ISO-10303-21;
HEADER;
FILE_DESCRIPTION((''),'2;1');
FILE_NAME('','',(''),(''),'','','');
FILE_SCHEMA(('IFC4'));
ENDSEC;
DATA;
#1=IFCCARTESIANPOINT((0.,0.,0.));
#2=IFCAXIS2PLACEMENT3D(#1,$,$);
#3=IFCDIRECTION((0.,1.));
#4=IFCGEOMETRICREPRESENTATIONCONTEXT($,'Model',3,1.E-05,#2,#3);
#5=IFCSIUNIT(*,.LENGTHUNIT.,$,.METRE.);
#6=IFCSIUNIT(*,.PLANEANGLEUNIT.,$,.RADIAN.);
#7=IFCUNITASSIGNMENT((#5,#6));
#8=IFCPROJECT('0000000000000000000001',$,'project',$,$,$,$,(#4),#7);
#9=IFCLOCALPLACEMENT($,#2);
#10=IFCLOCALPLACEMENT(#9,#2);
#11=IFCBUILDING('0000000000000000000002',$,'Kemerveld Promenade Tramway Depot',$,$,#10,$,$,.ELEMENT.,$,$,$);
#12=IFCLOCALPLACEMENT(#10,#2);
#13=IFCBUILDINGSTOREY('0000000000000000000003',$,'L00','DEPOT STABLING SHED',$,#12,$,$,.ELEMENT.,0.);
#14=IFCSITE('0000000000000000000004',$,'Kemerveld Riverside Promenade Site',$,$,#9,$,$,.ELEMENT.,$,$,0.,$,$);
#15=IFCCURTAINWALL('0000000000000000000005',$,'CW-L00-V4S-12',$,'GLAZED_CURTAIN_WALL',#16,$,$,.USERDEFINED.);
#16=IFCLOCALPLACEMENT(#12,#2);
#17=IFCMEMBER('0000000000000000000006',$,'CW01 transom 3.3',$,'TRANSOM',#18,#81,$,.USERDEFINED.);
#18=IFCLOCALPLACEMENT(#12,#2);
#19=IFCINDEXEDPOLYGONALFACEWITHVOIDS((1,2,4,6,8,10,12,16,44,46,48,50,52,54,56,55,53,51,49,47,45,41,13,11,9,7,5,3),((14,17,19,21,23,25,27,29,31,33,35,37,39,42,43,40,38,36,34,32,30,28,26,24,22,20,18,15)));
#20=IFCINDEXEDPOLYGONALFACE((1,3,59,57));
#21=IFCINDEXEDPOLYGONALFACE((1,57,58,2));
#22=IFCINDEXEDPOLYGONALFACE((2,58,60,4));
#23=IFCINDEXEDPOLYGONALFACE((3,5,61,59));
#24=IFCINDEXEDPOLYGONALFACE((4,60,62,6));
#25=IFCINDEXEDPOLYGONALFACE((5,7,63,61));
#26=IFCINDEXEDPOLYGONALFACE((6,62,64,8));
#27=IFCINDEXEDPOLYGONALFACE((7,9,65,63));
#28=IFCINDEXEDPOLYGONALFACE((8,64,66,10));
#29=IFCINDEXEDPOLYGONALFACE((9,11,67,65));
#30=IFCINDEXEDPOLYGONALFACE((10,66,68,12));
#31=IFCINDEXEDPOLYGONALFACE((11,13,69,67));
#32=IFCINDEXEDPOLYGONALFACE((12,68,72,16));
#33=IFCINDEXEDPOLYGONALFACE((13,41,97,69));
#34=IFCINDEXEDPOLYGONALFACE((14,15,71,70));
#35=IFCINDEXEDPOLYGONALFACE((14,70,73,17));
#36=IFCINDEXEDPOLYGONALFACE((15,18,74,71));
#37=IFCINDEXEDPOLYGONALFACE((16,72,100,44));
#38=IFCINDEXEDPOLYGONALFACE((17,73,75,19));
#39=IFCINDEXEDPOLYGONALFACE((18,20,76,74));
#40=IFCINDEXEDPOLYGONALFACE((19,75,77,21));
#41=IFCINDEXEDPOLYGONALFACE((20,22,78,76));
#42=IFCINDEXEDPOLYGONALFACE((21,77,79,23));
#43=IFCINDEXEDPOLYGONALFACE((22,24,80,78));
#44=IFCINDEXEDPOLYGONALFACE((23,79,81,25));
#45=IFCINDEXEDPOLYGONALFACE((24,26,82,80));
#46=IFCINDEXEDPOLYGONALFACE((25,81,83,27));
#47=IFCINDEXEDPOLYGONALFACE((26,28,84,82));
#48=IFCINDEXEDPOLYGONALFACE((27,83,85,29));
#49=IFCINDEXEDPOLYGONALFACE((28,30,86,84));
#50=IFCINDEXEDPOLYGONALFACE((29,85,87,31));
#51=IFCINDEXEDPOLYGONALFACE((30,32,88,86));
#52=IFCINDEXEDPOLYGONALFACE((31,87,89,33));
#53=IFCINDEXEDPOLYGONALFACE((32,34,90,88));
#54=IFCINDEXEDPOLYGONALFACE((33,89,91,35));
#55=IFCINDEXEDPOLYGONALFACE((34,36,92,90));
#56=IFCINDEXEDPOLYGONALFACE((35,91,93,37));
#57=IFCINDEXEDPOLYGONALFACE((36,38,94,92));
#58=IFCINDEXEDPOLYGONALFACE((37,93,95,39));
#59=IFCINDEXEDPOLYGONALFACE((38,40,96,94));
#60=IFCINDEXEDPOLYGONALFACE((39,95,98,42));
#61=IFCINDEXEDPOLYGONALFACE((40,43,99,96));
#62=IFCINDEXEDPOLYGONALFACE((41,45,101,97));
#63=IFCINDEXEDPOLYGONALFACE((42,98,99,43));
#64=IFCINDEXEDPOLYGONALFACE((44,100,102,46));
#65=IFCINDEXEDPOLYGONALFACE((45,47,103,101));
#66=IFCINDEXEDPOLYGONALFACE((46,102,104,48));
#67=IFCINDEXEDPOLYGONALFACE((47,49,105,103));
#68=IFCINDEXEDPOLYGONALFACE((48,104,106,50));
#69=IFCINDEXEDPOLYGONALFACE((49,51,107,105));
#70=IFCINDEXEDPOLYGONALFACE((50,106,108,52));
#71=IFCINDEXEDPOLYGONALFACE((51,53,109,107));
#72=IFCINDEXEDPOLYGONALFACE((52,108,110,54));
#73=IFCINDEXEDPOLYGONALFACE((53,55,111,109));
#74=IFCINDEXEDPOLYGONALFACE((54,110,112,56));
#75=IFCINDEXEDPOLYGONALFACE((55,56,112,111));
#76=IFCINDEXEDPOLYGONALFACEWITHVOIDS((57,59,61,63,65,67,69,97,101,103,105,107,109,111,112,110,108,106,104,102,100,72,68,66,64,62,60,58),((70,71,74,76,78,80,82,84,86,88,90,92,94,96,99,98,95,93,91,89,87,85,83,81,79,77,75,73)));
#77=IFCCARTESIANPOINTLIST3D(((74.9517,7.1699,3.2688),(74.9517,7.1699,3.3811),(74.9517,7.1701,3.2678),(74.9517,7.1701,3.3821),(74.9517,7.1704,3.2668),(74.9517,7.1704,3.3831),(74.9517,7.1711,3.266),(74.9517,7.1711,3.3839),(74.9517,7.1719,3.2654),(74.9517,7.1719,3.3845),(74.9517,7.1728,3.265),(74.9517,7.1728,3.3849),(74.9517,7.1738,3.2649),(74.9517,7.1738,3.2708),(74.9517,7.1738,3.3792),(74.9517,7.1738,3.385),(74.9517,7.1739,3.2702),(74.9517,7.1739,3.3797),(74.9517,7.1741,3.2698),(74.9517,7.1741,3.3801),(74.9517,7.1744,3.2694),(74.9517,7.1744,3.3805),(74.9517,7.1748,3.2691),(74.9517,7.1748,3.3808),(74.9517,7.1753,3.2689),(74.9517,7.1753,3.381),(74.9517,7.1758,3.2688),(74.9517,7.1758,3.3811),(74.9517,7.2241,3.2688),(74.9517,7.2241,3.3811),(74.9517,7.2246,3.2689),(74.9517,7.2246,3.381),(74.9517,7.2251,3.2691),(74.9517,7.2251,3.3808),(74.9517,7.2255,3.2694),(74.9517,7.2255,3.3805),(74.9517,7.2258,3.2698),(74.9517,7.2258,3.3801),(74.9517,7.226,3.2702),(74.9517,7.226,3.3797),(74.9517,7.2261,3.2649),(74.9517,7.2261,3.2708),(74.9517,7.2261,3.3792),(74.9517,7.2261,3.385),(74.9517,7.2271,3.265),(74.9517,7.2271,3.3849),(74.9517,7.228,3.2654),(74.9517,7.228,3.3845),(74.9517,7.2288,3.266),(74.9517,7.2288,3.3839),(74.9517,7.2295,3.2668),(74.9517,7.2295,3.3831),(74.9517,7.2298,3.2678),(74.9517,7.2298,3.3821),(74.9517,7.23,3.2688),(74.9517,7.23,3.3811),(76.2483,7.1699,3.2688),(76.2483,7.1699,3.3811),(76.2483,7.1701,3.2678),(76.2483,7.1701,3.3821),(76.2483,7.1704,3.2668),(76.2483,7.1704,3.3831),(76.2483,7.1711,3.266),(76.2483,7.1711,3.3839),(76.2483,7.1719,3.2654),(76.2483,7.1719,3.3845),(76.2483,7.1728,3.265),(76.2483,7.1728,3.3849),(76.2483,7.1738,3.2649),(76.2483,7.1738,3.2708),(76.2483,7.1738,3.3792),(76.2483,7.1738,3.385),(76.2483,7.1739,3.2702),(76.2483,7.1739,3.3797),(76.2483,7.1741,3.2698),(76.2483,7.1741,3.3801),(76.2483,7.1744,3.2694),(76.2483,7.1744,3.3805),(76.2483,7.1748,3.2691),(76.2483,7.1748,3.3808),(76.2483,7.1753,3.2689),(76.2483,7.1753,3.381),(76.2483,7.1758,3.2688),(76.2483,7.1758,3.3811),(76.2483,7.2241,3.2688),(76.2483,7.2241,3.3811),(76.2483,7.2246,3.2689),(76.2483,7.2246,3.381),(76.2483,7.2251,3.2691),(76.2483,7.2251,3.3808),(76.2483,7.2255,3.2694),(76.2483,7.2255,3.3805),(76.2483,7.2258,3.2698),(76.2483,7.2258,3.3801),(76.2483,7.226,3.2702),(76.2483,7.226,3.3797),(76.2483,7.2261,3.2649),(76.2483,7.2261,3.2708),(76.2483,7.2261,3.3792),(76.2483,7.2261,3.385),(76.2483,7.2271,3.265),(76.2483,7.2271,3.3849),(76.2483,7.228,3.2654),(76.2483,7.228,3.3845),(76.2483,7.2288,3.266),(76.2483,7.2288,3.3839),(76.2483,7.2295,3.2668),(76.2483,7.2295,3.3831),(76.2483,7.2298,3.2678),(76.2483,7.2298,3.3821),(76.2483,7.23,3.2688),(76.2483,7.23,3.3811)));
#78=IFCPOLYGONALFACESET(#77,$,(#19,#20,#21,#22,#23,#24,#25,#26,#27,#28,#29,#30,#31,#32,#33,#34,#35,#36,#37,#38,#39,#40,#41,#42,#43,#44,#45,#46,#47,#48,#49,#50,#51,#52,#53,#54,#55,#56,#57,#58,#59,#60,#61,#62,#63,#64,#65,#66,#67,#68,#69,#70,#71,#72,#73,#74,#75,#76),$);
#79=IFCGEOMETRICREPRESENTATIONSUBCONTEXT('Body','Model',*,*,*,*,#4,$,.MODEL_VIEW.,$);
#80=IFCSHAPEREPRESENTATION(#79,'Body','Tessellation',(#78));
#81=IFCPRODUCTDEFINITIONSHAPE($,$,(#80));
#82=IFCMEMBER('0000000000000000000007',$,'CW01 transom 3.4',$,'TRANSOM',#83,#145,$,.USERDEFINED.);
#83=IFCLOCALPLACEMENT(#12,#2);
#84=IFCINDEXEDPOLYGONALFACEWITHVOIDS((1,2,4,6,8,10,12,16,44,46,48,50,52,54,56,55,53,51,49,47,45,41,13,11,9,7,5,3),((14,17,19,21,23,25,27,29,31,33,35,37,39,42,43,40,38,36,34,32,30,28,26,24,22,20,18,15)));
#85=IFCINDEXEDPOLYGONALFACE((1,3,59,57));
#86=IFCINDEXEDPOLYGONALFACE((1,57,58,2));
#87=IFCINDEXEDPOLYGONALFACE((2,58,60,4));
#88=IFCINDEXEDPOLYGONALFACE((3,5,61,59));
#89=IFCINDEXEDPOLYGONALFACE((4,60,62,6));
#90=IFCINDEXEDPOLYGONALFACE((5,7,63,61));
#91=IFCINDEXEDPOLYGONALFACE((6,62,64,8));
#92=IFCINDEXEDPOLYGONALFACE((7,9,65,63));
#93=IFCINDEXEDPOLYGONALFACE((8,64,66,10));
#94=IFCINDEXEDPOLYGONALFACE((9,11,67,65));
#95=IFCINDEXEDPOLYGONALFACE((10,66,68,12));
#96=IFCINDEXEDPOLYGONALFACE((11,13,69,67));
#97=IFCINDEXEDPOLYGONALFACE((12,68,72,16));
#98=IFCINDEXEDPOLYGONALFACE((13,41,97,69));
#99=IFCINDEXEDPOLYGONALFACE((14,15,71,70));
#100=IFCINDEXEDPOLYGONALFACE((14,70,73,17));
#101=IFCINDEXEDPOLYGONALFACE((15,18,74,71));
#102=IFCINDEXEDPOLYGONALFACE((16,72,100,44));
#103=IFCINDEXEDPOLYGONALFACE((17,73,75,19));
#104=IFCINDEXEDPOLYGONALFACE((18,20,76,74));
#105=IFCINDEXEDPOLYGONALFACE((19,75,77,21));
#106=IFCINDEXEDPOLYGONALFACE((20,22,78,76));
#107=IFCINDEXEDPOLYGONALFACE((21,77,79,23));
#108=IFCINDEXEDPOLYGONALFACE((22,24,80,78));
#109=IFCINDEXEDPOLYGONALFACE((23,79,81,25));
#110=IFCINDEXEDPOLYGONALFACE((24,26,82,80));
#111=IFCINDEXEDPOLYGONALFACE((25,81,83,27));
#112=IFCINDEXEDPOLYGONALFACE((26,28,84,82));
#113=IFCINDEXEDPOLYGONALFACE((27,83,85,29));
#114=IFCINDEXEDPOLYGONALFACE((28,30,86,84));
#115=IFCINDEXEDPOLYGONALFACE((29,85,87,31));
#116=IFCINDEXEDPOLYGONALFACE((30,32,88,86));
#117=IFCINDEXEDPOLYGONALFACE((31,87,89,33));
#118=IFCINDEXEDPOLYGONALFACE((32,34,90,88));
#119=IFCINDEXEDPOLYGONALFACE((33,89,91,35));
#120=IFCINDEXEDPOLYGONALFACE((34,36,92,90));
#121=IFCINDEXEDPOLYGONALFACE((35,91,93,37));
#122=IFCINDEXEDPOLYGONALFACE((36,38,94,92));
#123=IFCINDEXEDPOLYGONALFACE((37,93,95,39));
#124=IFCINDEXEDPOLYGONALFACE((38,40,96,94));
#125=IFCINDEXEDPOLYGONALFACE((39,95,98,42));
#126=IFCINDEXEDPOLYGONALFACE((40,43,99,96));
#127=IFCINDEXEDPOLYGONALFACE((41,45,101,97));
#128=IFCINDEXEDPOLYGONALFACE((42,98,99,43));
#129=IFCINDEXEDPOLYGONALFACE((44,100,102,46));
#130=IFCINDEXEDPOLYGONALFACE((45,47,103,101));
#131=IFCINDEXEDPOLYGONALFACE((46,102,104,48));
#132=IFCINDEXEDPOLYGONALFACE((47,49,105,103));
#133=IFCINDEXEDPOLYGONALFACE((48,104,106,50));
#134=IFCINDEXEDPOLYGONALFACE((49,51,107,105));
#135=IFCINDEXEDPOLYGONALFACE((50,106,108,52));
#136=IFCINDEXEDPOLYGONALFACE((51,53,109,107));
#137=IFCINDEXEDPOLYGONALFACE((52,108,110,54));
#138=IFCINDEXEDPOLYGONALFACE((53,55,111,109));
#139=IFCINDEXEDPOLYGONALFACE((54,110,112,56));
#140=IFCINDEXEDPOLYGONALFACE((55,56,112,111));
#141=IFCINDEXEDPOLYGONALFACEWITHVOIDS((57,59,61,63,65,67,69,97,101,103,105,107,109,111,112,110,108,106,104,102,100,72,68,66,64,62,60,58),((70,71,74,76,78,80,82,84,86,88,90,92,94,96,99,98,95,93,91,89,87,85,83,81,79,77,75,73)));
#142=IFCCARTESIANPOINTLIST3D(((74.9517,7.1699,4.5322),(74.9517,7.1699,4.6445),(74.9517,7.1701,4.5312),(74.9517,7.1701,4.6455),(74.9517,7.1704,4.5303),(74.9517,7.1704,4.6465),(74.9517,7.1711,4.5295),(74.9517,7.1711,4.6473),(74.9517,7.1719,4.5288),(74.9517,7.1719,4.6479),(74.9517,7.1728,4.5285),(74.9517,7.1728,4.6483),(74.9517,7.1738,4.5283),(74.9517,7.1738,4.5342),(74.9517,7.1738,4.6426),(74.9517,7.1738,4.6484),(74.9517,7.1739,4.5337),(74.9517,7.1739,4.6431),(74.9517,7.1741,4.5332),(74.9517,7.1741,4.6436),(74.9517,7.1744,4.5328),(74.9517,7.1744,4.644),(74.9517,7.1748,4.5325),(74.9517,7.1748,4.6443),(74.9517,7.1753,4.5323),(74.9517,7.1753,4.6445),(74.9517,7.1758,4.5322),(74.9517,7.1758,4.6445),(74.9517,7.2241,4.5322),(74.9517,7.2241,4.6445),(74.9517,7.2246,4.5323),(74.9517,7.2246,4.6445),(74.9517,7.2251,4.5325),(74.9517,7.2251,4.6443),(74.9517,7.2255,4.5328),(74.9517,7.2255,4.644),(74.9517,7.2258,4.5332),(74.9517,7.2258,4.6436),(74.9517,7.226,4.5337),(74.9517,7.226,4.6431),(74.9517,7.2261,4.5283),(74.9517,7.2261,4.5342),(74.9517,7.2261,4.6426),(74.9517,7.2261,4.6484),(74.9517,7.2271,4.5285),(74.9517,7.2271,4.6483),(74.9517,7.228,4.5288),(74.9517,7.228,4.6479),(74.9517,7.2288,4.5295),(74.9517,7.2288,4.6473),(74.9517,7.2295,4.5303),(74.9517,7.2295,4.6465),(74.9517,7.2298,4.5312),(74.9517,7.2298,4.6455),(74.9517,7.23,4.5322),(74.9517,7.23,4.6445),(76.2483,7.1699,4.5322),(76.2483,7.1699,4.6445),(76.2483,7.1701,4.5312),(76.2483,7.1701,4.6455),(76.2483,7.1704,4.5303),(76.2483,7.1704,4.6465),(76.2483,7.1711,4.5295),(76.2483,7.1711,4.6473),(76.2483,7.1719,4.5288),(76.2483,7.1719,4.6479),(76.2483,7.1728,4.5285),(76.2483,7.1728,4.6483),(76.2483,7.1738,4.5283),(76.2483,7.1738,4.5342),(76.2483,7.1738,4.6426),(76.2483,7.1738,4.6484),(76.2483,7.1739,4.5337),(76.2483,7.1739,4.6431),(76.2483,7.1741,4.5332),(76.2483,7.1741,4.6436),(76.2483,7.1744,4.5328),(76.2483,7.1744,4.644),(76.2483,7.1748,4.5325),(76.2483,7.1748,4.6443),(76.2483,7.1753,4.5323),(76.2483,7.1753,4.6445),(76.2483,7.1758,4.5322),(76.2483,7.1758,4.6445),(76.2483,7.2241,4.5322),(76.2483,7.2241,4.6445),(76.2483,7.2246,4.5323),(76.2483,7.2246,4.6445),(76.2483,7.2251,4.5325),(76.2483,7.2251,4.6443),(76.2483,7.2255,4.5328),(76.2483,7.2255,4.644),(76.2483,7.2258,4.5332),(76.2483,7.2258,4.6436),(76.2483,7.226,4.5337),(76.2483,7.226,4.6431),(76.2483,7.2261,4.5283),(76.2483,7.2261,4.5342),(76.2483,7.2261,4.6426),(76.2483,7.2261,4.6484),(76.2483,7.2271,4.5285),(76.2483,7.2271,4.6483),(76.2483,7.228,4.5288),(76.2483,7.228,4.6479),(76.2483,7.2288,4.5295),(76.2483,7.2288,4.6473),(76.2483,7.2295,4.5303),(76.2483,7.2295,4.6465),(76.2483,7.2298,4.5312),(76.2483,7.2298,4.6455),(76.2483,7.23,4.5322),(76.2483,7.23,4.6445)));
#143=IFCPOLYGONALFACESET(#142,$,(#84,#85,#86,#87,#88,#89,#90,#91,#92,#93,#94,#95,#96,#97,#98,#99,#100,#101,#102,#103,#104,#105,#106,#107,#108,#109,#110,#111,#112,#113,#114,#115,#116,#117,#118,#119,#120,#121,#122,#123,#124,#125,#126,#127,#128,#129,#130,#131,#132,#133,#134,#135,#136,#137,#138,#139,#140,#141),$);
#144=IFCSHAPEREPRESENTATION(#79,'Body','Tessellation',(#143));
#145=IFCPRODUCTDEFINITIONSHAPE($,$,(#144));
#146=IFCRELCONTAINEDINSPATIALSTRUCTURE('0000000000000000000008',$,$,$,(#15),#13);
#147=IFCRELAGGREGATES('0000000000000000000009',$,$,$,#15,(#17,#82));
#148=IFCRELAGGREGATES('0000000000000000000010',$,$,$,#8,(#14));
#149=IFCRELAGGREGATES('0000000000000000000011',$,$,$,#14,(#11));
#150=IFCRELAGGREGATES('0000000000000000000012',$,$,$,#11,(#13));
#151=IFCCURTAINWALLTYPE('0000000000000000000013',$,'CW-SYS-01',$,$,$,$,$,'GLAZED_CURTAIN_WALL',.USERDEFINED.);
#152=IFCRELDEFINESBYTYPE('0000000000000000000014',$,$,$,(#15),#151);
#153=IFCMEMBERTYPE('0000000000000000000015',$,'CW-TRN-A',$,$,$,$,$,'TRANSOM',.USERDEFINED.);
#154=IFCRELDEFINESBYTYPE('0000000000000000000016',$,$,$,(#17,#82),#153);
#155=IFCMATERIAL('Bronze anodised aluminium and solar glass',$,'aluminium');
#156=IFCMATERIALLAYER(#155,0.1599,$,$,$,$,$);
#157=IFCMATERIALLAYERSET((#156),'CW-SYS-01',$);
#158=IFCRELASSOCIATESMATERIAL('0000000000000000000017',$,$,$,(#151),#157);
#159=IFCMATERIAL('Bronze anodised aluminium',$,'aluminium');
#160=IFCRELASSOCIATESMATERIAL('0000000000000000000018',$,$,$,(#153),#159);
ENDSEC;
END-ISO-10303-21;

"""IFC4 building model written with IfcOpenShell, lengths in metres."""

from ifc_helpers import new_model, si_unit, direction, frame, origin, origin_2d, place, context, subcontext, project, spatial, hollow_rectangle, extrude, material, layer, layer_set, material_profile, profile_set, type_object, element, aggregate, save


model = new_model("IFC4")

# Units and contexts
model_context = context("Model", 3, precision=1e-05, world=origin(), true_north=direction((0.0, 1.0)))
body_context = subcontext(model_context, "Body", "Model", "MODEL_VIEW")
ifc_project = project(units=[si_unit("LENGTHUNIT", "METRE"), si_unit("PLANEANGLEUNIT", "RADIAN")], contexts=[model_context])

# Site, building, storey
site_placement = place(None, origin())
site = spatial("IfcSite", under=ifc_project, at=site_placement, Name="Kemerveld Riverside Promenade Site", CompositionType="ELEMENT", RefElevation=0.0)
building_placement = place(site_placement, origin())
building = spatial("IfcBuilding", under=site, at=building_placement, Name="Kemerveld Promenade Tramway Depot", CompositionType="ELEMENT")
storey_placement = place(building_placement, origin())
storey = spatial("IfcBuildingStorey", under=building, at=storey_placement, Name="L00", Description="DEPOT STABLING SHED", CompositionType="ELEMENT", Elevation=0.0)

# Curtain wall, members
ifc_material_1 = material(Name="Bronze anodised aluminium and solar glass", Category="aluminium")
ifc_layer_1 = layer(ifc_material_1, 0.1599)
ifc_layer_set_1 = layer_set([ifc_layer_1], Name="CW-SYS-01")
curtain_wall_type = type_object("IfcCurtainWallType", Name="CW-SYS-01", ElementType="GLAZED_CURTAIN_WALL", PredefinedType="USERDEFINED", material=ifc_layer_set_1)
curtain_wall_placement = place(storey_placement, origin())
curtain_wall = element("IfcCurtainWall", 1, at=curtain_wall_placement, inside=storey, type_object=curtain_wall_type, Name="CW-L00-V4S-12", ObjectType="GLAZED_CURTAIN_WALL", PredefinedType="USERDEFINED")
ifc_material_2 = material(Name="Bronze anodised aluminium", Category="aluminium")
ifc_material_profile_1 = material_profile(ifc_material_2, hollow_rectangle(XDim=0.0601, YDim=0.1201, WallThickness=0.0039, InnerFilletRadius=0.002, OuterFilletRadius=0.0039, at=origin_2d()), Name="CW-TRN-120x60")
ifc_profile_set_1 = profile_set([ifc_material_profile_1], Name="Bronze anodised aluminium")
member_type_1 = type_object("IfcMemberType", Name="CW-TRN-A", ElementType="TRANSOM", PredefinedType="USERDEFINED", material=ifc_profile_set_1)
member_1_placement = place(storey_placement, frame((76.2483, 7.2, 3.325), z_axis=(-1.0, 0.0, 0.0), x_axis=(0.0, -1.0, 0.0)))
member_1 = element("IfcMember", 2, at=member_1_placement, type_object=member_type_1, Name="CW01 transom 3.3", ObjectType="TRANSOM", PredefinedType="USERDEFINED", context=body_context, shape_type="SweptSolid", body=[
    extrude(hollow_rectangle(XDim=0.0601, YDim=0.1201, WallThickness=0.0039, InnerFilletRadius=0.002, OuterFilletRadius=0.0039, at=origin_2d()), origin(), (0.0, 0.0, 1.0), 1.2966),
])
member_2_placement = place(storey_placement, frame((76.2483, 7.2, 4.5884), z_axis=(-1.0, 0.0, 0.0), x_axis=(0.0, -1.0, 0.0)))
member_2 = element("IfcMember", 3, at=member_2_placement, type_object=member_type_1, Name="CW01 transom 3.4", ObjectType="TRANSOM", PredefinedType="USERDEFINED", context=body_context, shape_type="SweptSolid", body=[
    extrude(hollow_rectangle(XDim=0.0601, YDim=0.1201, WallThickness=0.0039, InnerFilletRadius=0.002, OuterFilletRadius=0.0039, at=origin_2d()), origin(), (0.0, 0.0, 1.0), 1.2966),
])
aggregate(curtain_wall, [member_1, member_2])

save(model, "model.ifc")
